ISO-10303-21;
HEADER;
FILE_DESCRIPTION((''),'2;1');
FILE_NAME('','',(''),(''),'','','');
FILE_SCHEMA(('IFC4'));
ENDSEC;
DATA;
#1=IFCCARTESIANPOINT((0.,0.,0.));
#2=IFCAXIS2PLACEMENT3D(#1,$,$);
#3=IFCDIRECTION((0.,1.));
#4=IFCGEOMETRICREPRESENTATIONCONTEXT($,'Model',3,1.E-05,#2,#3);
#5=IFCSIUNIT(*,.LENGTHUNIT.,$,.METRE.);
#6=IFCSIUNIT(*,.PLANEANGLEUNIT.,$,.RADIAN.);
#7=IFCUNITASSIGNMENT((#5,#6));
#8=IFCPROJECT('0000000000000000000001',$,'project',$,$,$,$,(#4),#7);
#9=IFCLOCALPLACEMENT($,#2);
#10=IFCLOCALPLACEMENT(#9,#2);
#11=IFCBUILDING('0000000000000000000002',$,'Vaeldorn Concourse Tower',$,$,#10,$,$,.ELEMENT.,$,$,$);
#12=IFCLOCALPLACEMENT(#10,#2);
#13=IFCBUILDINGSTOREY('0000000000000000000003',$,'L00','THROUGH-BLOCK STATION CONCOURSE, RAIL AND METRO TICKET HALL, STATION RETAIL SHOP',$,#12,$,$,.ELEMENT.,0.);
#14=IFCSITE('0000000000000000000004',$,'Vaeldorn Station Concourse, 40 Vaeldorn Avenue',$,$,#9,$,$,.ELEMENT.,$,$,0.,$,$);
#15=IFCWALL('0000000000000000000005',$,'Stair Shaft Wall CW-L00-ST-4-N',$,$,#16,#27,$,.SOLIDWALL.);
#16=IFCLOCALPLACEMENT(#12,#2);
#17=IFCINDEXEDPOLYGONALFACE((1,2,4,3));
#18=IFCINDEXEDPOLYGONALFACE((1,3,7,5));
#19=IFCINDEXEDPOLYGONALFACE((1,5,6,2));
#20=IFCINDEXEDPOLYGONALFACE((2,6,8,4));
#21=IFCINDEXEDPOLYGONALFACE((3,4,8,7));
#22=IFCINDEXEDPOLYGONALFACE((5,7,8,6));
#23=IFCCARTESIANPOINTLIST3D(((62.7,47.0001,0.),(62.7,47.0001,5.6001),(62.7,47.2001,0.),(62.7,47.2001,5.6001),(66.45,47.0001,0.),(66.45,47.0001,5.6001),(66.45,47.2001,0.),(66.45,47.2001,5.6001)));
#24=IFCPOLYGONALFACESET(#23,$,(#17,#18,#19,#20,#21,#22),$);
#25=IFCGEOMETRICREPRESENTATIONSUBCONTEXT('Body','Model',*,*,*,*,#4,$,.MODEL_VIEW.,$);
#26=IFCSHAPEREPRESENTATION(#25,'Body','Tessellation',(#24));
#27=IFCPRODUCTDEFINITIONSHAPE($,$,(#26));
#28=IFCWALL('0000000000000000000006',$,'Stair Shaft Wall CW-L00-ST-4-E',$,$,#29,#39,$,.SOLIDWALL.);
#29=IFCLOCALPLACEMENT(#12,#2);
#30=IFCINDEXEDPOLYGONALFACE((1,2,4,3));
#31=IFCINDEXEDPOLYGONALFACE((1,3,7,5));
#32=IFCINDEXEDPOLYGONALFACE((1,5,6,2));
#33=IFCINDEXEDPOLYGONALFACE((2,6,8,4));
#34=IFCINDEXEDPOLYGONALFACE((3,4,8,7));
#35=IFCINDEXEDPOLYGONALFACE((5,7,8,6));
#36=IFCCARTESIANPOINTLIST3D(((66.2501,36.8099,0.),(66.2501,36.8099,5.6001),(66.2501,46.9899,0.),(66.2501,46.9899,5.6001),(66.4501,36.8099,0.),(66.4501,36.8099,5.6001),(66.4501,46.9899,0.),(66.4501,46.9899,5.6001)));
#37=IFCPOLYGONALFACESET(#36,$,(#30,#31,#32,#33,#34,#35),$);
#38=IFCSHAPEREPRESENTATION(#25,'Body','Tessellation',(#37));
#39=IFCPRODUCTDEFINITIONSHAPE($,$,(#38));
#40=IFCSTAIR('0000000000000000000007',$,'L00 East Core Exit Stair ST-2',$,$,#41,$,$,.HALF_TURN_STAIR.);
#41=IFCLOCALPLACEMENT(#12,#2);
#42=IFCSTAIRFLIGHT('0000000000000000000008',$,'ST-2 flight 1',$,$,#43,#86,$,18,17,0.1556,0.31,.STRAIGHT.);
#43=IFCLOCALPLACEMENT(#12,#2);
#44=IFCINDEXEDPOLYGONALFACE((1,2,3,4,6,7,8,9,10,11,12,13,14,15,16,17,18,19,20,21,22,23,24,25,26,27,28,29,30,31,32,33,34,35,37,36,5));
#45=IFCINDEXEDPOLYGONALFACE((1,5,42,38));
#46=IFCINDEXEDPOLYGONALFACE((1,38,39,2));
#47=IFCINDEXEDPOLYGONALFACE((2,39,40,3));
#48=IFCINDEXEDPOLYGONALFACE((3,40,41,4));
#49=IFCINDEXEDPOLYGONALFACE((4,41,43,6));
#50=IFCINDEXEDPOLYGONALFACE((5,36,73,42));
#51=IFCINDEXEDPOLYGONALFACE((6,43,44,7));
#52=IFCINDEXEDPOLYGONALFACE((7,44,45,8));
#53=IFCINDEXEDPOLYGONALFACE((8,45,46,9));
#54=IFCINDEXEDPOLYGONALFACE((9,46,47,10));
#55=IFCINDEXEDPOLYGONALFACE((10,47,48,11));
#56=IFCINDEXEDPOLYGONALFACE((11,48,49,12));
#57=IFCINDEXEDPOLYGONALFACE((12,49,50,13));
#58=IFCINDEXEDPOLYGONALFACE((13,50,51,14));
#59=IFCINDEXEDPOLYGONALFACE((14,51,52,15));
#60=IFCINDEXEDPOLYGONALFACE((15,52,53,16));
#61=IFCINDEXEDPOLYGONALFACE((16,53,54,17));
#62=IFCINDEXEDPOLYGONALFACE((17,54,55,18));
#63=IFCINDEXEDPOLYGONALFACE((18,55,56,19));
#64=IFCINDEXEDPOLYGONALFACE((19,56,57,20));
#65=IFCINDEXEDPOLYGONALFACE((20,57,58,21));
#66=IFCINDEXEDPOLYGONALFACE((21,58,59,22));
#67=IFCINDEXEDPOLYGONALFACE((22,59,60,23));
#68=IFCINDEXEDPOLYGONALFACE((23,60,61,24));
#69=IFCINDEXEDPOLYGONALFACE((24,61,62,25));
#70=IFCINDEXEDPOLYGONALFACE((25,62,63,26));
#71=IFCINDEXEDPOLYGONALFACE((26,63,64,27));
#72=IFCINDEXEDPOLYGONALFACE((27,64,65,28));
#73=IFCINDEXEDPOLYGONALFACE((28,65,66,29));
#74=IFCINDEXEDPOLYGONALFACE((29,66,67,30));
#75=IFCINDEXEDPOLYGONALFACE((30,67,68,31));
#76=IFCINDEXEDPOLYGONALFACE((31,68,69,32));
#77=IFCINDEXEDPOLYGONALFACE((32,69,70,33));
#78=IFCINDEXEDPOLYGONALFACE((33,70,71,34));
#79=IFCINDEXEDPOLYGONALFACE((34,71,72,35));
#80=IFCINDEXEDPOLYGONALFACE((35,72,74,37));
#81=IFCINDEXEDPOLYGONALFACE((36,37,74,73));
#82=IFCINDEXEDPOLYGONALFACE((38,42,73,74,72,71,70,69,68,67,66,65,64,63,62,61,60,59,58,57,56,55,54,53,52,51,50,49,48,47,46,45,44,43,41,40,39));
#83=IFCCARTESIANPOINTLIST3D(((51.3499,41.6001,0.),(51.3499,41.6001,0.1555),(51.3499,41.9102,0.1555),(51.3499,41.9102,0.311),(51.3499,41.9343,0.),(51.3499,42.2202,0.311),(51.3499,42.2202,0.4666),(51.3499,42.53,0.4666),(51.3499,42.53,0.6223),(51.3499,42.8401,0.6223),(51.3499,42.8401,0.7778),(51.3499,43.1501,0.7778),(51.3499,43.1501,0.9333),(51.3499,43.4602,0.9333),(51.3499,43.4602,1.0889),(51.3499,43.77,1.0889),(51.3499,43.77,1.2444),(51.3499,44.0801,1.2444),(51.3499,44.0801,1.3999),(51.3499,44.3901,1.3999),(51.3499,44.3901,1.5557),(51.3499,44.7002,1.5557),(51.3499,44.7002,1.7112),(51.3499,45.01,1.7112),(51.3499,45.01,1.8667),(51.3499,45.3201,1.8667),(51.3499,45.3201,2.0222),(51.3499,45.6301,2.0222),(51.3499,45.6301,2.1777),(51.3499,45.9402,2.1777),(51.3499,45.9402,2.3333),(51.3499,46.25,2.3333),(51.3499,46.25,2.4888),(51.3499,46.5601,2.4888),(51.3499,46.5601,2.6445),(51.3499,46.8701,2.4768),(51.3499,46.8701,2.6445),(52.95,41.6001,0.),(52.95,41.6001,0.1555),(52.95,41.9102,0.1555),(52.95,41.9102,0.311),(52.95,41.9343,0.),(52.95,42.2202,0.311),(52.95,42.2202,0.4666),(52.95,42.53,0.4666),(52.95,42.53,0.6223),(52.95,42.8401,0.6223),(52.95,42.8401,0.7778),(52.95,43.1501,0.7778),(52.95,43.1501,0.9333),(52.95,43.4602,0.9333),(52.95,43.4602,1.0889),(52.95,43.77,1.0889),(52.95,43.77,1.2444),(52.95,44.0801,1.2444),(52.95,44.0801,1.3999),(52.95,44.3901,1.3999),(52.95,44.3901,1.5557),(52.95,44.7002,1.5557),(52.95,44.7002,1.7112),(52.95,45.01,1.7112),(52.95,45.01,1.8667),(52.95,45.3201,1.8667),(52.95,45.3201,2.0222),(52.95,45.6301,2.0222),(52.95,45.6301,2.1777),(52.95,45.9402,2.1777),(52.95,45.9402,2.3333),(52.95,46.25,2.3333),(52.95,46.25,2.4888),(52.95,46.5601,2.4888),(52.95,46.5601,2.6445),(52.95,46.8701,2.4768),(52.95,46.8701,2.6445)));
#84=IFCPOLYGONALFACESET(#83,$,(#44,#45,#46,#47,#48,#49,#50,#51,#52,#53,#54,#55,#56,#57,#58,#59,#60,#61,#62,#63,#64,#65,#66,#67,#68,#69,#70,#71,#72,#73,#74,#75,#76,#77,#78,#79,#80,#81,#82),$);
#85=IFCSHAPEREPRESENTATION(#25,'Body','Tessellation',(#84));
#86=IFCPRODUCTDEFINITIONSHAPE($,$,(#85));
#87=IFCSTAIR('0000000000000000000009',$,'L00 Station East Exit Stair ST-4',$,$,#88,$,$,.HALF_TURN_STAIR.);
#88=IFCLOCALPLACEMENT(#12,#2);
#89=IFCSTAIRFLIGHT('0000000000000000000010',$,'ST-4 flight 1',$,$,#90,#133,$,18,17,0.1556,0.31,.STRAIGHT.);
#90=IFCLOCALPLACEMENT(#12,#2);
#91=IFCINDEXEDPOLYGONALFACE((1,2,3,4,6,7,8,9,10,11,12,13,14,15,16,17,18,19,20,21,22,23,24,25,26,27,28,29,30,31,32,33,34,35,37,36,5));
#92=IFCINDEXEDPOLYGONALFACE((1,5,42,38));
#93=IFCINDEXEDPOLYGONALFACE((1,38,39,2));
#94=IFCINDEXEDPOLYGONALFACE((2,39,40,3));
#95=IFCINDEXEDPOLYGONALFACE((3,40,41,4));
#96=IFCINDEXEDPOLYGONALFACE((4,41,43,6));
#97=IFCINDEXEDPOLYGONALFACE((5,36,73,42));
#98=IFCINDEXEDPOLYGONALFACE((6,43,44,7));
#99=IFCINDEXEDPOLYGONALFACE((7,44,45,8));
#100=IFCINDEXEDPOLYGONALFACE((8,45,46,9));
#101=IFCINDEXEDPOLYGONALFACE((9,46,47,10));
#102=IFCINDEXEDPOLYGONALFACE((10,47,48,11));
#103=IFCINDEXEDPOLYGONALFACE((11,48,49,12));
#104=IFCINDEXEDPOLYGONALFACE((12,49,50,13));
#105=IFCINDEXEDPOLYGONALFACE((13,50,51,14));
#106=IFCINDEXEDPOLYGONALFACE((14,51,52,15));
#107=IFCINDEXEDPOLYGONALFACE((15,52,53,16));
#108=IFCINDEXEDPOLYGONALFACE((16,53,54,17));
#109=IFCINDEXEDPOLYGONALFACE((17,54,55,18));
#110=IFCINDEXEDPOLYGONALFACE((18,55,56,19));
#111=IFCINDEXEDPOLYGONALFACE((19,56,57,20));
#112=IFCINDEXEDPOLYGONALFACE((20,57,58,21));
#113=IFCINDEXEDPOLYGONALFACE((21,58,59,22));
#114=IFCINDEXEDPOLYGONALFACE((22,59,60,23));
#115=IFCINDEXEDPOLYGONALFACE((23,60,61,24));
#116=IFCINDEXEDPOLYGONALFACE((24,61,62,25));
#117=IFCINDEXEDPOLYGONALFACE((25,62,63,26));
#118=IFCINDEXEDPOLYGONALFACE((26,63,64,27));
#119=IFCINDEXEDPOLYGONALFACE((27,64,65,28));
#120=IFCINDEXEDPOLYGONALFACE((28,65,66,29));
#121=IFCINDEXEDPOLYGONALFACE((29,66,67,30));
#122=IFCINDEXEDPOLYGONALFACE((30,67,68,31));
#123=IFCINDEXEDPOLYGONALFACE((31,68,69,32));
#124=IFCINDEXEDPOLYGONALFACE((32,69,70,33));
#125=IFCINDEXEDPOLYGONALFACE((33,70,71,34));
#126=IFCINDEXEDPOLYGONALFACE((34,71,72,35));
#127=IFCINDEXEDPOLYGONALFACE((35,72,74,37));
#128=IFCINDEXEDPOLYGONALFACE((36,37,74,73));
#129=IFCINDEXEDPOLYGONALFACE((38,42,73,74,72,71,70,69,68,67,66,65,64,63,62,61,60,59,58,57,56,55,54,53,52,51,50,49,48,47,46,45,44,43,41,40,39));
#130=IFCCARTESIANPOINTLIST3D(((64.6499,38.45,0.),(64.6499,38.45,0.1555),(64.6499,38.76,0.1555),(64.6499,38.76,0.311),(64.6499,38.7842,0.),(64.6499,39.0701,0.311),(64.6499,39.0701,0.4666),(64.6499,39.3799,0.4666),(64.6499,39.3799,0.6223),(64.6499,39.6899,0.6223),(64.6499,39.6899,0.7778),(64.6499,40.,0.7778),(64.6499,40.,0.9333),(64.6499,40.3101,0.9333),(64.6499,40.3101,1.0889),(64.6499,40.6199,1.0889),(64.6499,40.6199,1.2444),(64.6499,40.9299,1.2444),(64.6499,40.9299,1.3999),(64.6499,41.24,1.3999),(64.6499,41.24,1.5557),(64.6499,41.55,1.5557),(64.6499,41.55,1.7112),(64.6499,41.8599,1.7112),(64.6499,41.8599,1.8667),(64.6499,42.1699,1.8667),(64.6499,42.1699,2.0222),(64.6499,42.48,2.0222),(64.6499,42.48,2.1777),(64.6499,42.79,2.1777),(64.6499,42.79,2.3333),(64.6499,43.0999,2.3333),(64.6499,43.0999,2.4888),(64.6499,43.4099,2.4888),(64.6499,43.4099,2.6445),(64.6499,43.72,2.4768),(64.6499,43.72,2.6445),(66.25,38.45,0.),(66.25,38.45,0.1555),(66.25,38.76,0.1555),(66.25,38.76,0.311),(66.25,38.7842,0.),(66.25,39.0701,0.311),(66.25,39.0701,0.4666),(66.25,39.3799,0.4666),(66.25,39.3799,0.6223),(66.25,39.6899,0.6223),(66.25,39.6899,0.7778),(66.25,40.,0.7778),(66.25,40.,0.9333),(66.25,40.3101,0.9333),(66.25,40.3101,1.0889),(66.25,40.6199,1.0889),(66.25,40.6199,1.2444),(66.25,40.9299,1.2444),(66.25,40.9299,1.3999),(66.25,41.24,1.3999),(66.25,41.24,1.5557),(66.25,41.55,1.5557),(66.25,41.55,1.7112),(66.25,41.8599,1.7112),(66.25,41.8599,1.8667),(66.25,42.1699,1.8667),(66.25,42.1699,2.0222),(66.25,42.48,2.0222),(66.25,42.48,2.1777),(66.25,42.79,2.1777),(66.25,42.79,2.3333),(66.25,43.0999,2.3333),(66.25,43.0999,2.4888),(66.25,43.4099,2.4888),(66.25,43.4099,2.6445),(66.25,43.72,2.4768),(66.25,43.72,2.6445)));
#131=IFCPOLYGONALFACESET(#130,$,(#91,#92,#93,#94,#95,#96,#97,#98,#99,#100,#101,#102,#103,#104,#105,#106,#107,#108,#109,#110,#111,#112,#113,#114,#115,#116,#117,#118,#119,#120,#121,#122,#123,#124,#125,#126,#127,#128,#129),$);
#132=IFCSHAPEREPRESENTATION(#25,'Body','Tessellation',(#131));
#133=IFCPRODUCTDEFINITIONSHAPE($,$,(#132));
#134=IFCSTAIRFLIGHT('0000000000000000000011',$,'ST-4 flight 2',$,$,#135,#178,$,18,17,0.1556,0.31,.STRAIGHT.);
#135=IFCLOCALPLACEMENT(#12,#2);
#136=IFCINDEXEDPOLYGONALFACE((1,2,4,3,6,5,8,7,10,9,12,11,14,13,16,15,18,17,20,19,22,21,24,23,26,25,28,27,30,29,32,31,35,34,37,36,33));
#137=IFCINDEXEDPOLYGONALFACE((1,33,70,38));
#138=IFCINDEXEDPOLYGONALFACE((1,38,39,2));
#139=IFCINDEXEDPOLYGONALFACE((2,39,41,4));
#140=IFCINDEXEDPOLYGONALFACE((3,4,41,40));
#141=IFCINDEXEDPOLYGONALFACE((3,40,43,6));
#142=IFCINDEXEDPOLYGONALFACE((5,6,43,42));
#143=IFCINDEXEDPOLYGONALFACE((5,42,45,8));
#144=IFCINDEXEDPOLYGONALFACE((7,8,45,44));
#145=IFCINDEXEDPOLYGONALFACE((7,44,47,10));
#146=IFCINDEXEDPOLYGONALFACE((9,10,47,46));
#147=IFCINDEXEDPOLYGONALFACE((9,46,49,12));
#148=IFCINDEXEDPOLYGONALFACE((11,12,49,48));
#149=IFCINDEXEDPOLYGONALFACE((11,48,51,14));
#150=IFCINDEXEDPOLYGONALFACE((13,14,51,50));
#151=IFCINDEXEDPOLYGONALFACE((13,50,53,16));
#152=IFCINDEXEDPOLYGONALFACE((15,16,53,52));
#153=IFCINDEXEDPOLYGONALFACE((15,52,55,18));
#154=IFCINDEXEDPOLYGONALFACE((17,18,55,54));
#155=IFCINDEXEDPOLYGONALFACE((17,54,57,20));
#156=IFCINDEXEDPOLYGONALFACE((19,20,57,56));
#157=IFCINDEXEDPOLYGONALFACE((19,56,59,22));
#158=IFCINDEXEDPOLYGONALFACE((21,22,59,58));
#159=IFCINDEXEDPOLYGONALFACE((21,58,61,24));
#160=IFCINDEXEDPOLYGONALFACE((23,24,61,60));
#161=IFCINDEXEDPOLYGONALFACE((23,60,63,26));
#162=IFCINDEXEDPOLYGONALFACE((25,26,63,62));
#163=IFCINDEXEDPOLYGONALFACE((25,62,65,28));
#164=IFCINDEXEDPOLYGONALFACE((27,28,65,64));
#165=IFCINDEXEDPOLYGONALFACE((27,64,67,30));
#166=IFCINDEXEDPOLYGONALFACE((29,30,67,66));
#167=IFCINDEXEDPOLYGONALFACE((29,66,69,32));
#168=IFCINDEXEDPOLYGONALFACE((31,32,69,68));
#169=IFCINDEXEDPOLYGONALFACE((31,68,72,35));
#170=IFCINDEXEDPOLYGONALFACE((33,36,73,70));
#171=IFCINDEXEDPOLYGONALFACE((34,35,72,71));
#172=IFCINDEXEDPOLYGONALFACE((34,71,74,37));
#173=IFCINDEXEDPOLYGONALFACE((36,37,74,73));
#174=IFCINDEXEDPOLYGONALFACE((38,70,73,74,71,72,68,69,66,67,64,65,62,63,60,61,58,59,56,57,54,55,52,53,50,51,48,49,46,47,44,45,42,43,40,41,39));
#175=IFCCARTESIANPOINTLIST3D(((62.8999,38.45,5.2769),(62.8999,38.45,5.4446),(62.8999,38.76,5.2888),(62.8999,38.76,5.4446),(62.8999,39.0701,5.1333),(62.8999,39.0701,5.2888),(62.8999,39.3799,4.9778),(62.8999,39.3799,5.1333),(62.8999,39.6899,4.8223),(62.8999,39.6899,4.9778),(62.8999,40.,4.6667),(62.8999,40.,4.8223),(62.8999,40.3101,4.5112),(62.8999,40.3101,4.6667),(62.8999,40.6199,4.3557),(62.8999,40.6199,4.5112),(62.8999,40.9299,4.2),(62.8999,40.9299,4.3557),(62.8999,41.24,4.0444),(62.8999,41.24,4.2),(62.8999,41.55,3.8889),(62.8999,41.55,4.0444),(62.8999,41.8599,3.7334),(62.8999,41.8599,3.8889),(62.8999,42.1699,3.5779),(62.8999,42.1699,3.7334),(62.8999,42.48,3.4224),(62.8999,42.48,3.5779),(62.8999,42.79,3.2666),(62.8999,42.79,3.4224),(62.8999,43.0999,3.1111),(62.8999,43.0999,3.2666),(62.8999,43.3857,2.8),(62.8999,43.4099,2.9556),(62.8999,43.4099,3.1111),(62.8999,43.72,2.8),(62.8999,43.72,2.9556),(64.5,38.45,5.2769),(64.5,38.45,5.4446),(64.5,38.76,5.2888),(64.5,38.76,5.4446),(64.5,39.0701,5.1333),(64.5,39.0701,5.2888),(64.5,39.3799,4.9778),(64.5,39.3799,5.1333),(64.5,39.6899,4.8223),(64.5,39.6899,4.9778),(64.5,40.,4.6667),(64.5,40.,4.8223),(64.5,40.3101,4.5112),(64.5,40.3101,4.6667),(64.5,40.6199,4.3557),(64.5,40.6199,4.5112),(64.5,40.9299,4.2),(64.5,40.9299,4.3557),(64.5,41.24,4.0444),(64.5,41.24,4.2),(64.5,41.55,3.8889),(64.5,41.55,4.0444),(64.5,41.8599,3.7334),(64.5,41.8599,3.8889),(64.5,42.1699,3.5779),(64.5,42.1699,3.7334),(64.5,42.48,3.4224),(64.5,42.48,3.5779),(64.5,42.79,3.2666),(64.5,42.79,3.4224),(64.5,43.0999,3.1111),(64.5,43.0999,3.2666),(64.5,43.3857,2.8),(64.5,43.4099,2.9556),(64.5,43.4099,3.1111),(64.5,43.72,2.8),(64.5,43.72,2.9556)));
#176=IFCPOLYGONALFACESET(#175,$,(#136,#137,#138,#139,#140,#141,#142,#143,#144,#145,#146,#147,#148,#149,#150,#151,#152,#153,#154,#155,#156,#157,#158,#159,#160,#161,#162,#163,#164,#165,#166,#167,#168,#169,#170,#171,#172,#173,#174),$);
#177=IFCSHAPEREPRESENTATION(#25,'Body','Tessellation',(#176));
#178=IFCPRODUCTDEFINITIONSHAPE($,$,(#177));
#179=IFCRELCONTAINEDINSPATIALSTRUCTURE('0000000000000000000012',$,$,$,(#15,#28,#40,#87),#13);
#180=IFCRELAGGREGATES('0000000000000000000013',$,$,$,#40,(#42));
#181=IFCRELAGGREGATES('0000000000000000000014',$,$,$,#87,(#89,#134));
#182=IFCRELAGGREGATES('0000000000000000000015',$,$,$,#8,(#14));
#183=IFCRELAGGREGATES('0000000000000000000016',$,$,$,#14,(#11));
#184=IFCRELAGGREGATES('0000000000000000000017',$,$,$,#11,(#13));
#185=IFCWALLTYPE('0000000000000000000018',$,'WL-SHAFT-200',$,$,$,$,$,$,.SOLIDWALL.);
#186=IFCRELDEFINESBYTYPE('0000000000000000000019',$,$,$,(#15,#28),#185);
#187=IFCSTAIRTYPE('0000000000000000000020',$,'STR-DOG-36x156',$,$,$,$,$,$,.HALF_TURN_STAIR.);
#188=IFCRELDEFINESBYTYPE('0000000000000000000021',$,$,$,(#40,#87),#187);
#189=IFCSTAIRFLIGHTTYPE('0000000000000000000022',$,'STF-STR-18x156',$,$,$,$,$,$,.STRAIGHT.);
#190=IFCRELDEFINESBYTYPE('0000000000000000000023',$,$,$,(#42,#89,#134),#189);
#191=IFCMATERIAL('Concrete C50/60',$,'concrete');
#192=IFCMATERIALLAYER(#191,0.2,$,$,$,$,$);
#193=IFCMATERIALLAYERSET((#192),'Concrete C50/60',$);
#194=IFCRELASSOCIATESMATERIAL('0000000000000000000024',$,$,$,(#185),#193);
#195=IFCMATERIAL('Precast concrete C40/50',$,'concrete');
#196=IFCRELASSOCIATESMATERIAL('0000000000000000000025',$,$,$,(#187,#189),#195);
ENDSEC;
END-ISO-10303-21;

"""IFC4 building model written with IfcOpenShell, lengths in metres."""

from ifc_helpers import new_model, si_unit, direction, frame, frame_2d, origin, place, context, subcontext, project, spatial, polyline, rectangle, outline, extrude, material, layer, layer_set, type_object, element, aggregate, save


model = new_model("IFC4")

# Units and contexts
model_context = context("Model", 3, precision=1e-05, world=origin(), true_north=direction((0.0, 1.0)))
body_context = subcontext(model_context, "Body", "Model", "MODEL_VIEW")
ifc_project = project(units=[si_unit("LENGTHUNIT", "METRE"), si_unit("PLANEANGLEUNIT", "RADIAN")], contexts=[model_context])

# Site, building, storey
site_placement = place(None, origin())
site = spatial("IfcSite", under=ifc_project, at=site_placement, Name="Vaeldorn Station Concourse, 40 Vaeldorn Avenue", CompositionType="ELEMENT", RefElevation=0.0)
building_placement = place(site_placement, origin())
building = spatial("IfcBuilding", under=site, at=building_placement, Name="Vaeldorn Concourse Tower", CompositionType="ELEMENT")
storey_placement = place(building_placement, origin())
storey = spatial("IfcBuildingStorey", under=building, at=storey_placement, Name="L00", Description="THROUGH-BLOCK STATION CONCOURSE, RAIL AND METRO TICKET HALL, STATION RETAIL SHOP", CompositionType="ELEMENT", Elevation=0.0)

# Shared definitions
ifc_material_1 = material(Name="Precast concrete C40/50", Category="concrete")

# Walls
ifc_material_2 = material(Name="Concrete C50/60", Category="concrete")
ifc_layer_1 = layer(ifc_material_2, 0.2)
ifc_layer_set_1 = layer_set([ifc_layer_1], Name="Concrete C50/60")
wall_type_1 = type_object("IfcWallType", Name="WL-SHAFT-200", PredefinedType="SOLIDWALL", material=ifc_layer_set_1)
wall_1_placement = place(storey_placement, frame((62.7, 47.1001, 0.0), z_axis=(0.0, 0.0, 1.0), x_axis=(1.0, 0.0, 0.0)))
element("IfcWall", 1, at=wall_1_placement, inside=storey, type_object=wall_type_1, Name="Stair Shaft Wall CW-L00-ST-4-N", PredefinedType="SOLIDWALL", context=body_context, shape_type="SweptSolid", body=[
    extrude(rectangle(XDim=3.75, YDim=0.2, at=frame_2d((1.875, 0.0))), origin(), (0.0, 0.0, 1.0), 5.6001),
])
wall_2_placement = place(storey_placement, frame((66.3501, 36.8101, 0.0), z_axis=(0.0, 0.0, 1.0), x_axis=(0.0, 1.0, 0.0)))
element("IfcWall", 2, at=wall_2_placement, inside=storey, type_object=wall_type_1, Name="Stair Shaft Wall CW-L00-ST-4-E", PredefinedType="SOLIDWALL", context=body_context, shape_type="SweptSolid", body=[
    extrude(rectangle(XDim=10.1799, YDim=0.2, at=frame_2d((5.0898, 0.0))), origin(), (0.0, 0.0, 1.0), 5.6001),
])

# Stair, stair flight
stair_type = type_object("IfcStairType", Name="STR-DOG-36x156", PredefinedType="HALF_TURN_STAIR", material=ifc_material_1)
stair_1_placement = place(storey_placement, origin())
stair_1 = element("IfcStair", 3, at=stair_1_placement, inside=storey, type_object=stair_type, Name="L00 East Core Exit Stair ST-2", PredefinedType="HALF_TURN_STAIR")
stair_flight_type = type_object("IfcStairFlightType", Name="STF-STR-18x156", PredefinedType="STRAIGHT", material=ifc_material_1)
stair_flight_1_placement = place(storey_placement, frame((52.1499, 41.6001, 0.0), z_axis=(0.0, 0.0, 1.0), x_axis=(0.0, 1.0, 0.0)))
stair_flight_1 = element("IfcStairFlight", 4, at=stair_flight_1_placement, type_object=stair_flight_type, Name="ST-2 flight 1", NumberOfRisers=18, NumberOfTreads=17, PredefinedType="STRAIGHT", RiserHeight=0.1556, TreadLength=0.31, context=body_context, shape_type="SweptSolid", body=[
    extrude(outline(polyline([(0.0, 0.0), (0.0, 0.1555), (0.3101, 0.1555), (0.3101, 0.311), (0.6201, 0.311), (0.6201, 0.4666), (0.9299, 0.4666), (0.9299, 0.6223), (1.24, 0.6223), (1.24, 0.7778), (1.55, 0.7778), (1.55, 0.9333), (1.8601, 0.9333), (1.8601, 1.0889), (2.1699, 1.0889), (2.1699, 1.2444), (2.48, 1.2444), (2.48, 1.3999), (2.79, 1.3999), (2.79, 1.5557), (3.1001, 1.5557), (3.1001, 1.7112), (3.4099, 1.7112), (3.4099, 1.8667), (3.72, 1.8667), (3.72, 2.0222), (4.03, 2.0222), (4.03, 2.1777), (4.3401, 2.1777), (4.3401, 2.3333), (4.6499, 2.3333), (4.6499, 2.4888), (4.96, 2.4888), (4.96, 2.6445), (5.27, 2.6445), (5.27, 2.8), (5.27, 2.4768), (0.3342, 0.0), (0.0, 0.0)])), frame((0.0, 0.8, 0.0), z_axis=(0.0, -1.0, 0.0), x_axis=(1.0, 0.0, 0.0)), (0.0, 0.0, 1.0), 1.6001),
])
aggregate(stair_1, [stair_flight_1])

# Stair, stair flights
stair_2_placement = place(storey_placement, origin())
stair_2 = element("IfcStair", 5, at=stair_2_placement, inside=storey, type_object=stair_type, Name="L00 Station East Exit Stair ST-4", PredefinedType="HALF_TURN_STAIR")
stair_flight_2_placement = place(storey_placement, frame((65.45, 38.45, 0.0), z_axis=(0.0, 0.0, 1.0), x_axis=(0.0, 1.0, 0.0)))
stair_flight_2 = element("IfcStairFlight", 6, at=stair_flight_2_placement, type_object=stair_flight_type, Name="ST-4 flight 1", NumberOfRisers=18, NumberOfTreads=17, PredefinedType="STRAIGHT", RiserHeight=0.1556, TreadLength=0.31, context=body_context, shape_type="SweptSolid", body=[
    extrude(outline(polyline([(0.0, 0.0), (0.0, 0.1555), (0.3101, 0.1555), (0.3101, 0.311), (0.6201, 0.311), (0.6201, 0.4666), (0.9299, 0.4666), (0.9299, 0.6223), (1.24, 0.6223), (1.24, 0.7778), (1.55, 0.7778), (1.55, 0.9333), (1.8601, 0.9333), (1.8601, 1.0889), (2.1699, 1.0889), (2.1699, 1.2444), (2.48, 1.2444), (2.48, 1.3999), (2.79, 1.3999), (2.79, 1.5557), (3.1001, 1.5557), (3.1001, 1.7112), (3.4099, 1.7112), (3.4099, 1.8667), (3.72, 1.8667), (3.72, 2.0222), (4.03, 2.0222), (4.03, 2.1777), (4.3401, 2.1777), (4.3401, 2.3333), (4.6499, 2.3333), (4.6499, 2.4888), (4.96, 2.4888), (4.96, 2.6445), (5.27, 2.6445), (5.27, 2.8), (5.27, 2.4768), (0.3342, 0.0), (0.0, 0.0)])), frame((0.0, 0.8, 0.0), z_axis=(0.0, -1.0, 0.0), x_axis=(1.0, 0.0, 0.0)), (0.0, 0.0, 1.0), 1.6001),
])
stair_flight_3_placement = place(storey_placement, frame((63.7, 43.72, 2.8), z_axis=(0.0, 0.0, 1.0), x_axis=(0.0, -1.0, 0.0)))
stair_flight_3 = element("IfcStairFlight", 7, at=stair_flight_3_placement, type_object=stair_flight_type, Name="ST-4 flight 2", NumberOfRisers=18, NumberOfTreads=17, PredefinedType="STRAIGHT", RiserHeight=0.1556, TreadLength=0.31, context=body_context, shape_type="SweptSolid", body=[
    extrude(outline(polyline([(0.0, 0.0), (0.0, 0.1555), (0.3101, 0.1555), (0.3101, 0.311), (0.6201, 0.311), (0.6201, 0.4666), (0.9299, 0.4666), (0.9299, 0.6223), (1.24, 0.6223), (1.24, 0.7778), (1.55, 0.7778), (1.55, 0.9333), (1.8601, 0.9333), (1.8601, 1.0889), (2.1699, 1.0889), (2.1699, 1.2444), (2.48, 1.2444), (2.48, 1.3999), (2.79, 1.3999), (2.79, 1.5557), (3.1001, 1.5557), (3.1001, 1.7112), (3.4099, 1.7112), (3.4099, 1.8667), (3.72, 1.8667), (3.72, 2.0222), (4.03, 2.0222), (4.03, 2.1777), (4.3401, 2.1777), (4.3401, 2.3333), (4.6499, 2.3333), (4.6499, 2.4888), (4.96, 2.4888), (4.96, 2.6445), (5.27, 2.6445), (5.27, 2.8), (5.27, 2.4768), (0.3342, 0.0), (0.0, 0.0)])), frame((0.0, 0.8, 0.0), z_axis=(0.0, -1.0, 0.0), x_axis=(1.0, 0.0, 0.0)), (0.0, 0.0, 1.0), 1.6001),
])
aggregate(stair_2, [stair_flight_2, stair_flight_3])

save(model, "model.ifc")
